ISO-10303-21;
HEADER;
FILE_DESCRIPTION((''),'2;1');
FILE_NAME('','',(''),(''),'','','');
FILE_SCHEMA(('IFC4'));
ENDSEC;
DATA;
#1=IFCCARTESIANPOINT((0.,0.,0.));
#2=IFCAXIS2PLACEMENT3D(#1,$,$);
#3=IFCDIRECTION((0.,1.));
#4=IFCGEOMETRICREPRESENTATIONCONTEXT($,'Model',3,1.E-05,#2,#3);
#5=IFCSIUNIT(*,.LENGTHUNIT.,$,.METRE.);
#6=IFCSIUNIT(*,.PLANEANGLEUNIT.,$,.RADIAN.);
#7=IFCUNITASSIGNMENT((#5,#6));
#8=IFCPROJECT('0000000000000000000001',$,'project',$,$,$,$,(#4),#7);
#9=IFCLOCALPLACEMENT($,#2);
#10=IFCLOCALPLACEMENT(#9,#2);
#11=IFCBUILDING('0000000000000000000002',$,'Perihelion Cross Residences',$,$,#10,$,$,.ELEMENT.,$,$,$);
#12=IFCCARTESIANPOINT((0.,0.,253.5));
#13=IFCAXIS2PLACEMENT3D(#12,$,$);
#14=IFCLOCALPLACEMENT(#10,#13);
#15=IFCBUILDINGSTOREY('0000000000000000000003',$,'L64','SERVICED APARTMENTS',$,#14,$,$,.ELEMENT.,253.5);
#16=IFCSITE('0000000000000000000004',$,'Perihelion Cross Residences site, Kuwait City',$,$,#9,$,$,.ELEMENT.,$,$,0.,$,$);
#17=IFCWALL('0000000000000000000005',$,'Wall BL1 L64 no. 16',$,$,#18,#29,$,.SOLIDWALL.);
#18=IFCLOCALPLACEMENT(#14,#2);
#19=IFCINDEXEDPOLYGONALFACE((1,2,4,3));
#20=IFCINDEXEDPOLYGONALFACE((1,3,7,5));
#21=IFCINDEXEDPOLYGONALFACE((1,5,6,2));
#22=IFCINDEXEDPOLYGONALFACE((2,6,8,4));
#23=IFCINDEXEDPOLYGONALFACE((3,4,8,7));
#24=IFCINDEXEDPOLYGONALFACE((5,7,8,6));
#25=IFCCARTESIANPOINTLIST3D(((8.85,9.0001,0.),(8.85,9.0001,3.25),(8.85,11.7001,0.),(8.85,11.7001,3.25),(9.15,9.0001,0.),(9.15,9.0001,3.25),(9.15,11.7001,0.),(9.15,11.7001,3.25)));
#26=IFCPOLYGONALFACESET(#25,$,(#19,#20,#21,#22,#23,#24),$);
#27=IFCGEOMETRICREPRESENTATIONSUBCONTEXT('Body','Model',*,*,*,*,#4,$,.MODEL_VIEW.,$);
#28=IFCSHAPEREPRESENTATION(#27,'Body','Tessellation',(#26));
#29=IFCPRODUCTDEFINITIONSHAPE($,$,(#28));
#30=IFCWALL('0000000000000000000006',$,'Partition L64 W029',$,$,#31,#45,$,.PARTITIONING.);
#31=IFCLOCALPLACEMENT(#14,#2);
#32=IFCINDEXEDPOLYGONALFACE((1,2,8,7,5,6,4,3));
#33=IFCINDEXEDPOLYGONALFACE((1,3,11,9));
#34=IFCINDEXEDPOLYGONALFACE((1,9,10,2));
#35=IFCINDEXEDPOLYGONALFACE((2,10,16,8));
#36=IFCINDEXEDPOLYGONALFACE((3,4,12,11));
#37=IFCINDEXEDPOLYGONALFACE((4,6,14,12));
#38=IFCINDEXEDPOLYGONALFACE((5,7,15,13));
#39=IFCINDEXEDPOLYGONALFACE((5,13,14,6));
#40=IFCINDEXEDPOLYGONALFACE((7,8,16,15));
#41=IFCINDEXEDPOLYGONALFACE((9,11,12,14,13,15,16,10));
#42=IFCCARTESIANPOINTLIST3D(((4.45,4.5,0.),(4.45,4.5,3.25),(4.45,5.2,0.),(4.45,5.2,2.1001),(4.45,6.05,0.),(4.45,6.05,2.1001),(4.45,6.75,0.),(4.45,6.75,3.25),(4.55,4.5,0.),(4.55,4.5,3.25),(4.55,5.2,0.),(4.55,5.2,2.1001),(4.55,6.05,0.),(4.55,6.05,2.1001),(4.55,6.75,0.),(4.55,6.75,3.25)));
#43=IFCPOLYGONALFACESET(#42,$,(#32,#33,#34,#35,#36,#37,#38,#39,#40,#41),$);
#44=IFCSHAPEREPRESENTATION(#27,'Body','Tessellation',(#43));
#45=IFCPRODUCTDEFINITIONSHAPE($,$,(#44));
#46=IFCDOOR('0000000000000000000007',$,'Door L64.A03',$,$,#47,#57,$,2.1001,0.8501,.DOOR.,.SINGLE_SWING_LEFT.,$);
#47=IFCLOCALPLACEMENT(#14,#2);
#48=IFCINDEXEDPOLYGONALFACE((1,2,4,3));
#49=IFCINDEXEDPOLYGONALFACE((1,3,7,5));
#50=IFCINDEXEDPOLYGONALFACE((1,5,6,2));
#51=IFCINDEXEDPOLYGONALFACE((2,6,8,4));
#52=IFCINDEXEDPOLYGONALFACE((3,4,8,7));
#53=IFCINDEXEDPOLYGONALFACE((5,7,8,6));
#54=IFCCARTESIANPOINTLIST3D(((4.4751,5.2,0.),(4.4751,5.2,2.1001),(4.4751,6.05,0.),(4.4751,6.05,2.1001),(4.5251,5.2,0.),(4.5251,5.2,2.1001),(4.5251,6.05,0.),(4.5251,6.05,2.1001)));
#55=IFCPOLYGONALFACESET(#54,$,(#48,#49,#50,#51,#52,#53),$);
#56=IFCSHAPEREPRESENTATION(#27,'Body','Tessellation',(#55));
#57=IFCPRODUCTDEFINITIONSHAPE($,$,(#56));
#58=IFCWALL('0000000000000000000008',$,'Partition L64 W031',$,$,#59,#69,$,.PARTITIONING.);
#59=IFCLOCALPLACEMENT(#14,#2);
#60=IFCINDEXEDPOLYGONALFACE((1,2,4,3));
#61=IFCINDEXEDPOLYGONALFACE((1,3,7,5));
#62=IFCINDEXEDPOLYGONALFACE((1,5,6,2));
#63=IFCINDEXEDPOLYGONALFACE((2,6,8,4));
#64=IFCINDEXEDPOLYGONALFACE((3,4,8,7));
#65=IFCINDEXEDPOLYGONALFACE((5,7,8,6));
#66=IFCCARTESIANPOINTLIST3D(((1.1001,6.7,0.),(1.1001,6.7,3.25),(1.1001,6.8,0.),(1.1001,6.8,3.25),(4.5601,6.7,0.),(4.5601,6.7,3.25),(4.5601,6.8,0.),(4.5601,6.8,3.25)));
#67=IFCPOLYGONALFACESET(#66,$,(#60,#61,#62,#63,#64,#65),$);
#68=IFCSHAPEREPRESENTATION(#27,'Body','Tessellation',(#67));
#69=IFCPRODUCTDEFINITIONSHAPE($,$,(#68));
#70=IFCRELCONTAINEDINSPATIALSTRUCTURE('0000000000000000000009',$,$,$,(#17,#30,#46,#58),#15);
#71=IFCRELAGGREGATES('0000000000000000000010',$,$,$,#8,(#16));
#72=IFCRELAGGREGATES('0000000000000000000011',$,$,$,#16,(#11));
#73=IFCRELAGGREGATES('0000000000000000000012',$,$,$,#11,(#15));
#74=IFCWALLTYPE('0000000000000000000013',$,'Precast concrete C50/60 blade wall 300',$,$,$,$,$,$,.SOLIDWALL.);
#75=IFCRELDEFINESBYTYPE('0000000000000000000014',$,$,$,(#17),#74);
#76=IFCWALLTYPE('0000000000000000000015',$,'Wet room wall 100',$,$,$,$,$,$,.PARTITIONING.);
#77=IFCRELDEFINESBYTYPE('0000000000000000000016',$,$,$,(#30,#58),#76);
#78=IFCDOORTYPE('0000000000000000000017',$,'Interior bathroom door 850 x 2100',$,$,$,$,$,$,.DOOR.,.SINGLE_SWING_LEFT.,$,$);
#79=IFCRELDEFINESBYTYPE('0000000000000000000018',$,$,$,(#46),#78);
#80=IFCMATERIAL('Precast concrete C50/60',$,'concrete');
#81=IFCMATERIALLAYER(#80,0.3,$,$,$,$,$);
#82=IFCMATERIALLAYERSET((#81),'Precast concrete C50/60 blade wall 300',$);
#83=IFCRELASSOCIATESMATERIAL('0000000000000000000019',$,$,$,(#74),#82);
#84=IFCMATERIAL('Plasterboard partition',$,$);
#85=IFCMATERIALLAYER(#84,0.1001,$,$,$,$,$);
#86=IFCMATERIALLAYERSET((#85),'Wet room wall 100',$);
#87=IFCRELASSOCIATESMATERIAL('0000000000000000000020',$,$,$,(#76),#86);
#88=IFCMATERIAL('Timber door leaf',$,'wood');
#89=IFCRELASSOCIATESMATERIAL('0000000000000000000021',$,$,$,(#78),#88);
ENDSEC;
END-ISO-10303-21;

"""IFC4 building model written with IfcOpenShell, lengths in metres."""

from ifc_helpers import new_model, si_unit, direction, frame, frame_2d, origin, place, context, subcontext, project, spatial, rectangle, extrude, material, layer, layer_set, type_object, element, fill, save


model = new_model("IFC4")

# Units and contexts
model_context = context("Model", 3, precision=1e-05, world=origin(), true_north=direction((0.0, 1.0)))
body_context = subcontext(model_context, "Body", "Model", "MODEL_VIEW")
ifc_project = project(units=[si_unit("LENGTHUNIT", "METRE"), si_unit("PLANEANGLEUNIT", "RADIAN")], contexts=[model_context])

# Site, building, storey
site_placement = place(None, origin())
site = spatial("IfcSite", under=ifc_project, at=site_placement, Name="Perihelion Cross Residences site, Kuwait City", CompositionType="ELEMENT", RefElevation=0.0)
building_placement = place(site_placement, origin())
building = spatial("IfcBuilding", under=site, at=building_placement, Name="Perihelion Cross Residences", CompositionType="ELEMENT")
storey_placement = place(building_placement, frame((0.0, 0.0, 253.5)))
storey = spatial("IfcBuildingStorey", under=building, at=storey_placement, Name="L64", Description="SERVICED APARTMENTS", CompositionType="ELEMENT", Elevation=253.5)

# Wall
ifc_material_1 = material(Name="Precast concrete C50/60", Category="concrete")
ifc_layer_1 = layer(ifc_material_1, 0.3)
ifc_layer_set_1 = layer_set([ifc_layer_1], Name="Precast concrete C50/60 blade wall 300")
wall_type_1 = type_object("IfcWallType", Name="Precast concrete C50/60 blade wall 300", PredefinedType="SOLIDWALL", material=ifc_layer_set_1)
for number, where, z_axis, x_axis, name in (
    (1, (9.0, 9.0, 0.0), (0.0, 0.0, 1.0), (0.0, 1.0, 0.0), "Wall BL1 L64 no. 16"),
):
    element("IfcWall", number, at=place(storey_placement, frame(where, z_axis=z_axis, x_axis=x_axis)), inside=storey, type_object=wall_type_1, Name=name, PredefinedType="SOLIDWALL", context=body_context, shape_type="SweptSolid", body=[
        extrude(rectangle(XDim=2.7, YDim=0.3, at=frame_2d((1.3501, 0.0))), origin(), (0.0, 0.0, 1.0), 3.25),
    ])

# Wall, opening, door
ifc_material_2 = material(Name="Plasterboard partition")
ifc_layer_2 = layer(ifc_material_2, 0.1001)
ifc_layer_set_2 = layer_set([ifc_layer_2], Name="Wet room wall 100")
wall_type_2 = type_object("IfcWallType", Name="Wet room wall 100", PredefinedType="PARTITIONING", material=ifc_layer_set_2)
wall_1_placement = place(storey_placement, frame((4.5, 4.5, 0.0), z_axis=(0.0, 0.0, 1.0), x_axis=(0.0, 1.0, 0.0)))
wall_1 = element("IfcWall", 2, at=wall_1_placement, inside=storey, type_object=wall_type_2, Name="Partition L64 W029", PredefinedType="PARTITIONING", context=body_context, shape_type="SweptSolid", body=[
    extrude(rectangle(XDim=2.25, YDim=0.1001, at=frame_2d((1.125, 0.0))), origin(), (0.0, 0.0, 1.0), 3.25),
])
opening_1_placement = place(wall_1_placement, frame((0.7, 0.0, 0.0)))
opening_1 = element("IfcOpeningElement", 3, at=opening_1_placement, cuts=wall_1, PredefinedType="OPENING", context=body_context, shape_type="SweptSolid", body=[
    extrude(rectangle(XDim=0.8501, YDim=2.1001, at=frame_2d((0.425, 1.05))), frame((0.0, 0.0601, 0.0), z_axis=(0.0, -1.0, 0.0), x_axis=(1.0, 0.0, 0.0)), (0.0, 0.0, 1.0), 0.1201),
])
ifc_material_3 = material(Name="Timber door leaf", Category="wood")
door_type_1 = type_object("IfcDoorType", Name="Interior bathroom door 850 x 2100", OperationType="SINGLE_SWING_LEFT", PredefinedType="DOOR", material=ifc_material_3)
door_1_placement = place(opening_1_placement, origin())
door_1 = element("IfcDoor", 4, at=door_1_placement, inside=storey, type_object=door_type_1, Name="Door L64.A03", OperationType="SINGLE_SWING_LEFT", OverallHeight=2.1001, OverallWidth=0.8501, PredefinedType="DOOR", context=body_context, shape_type="SweptSolid", body=[
    extrude(rectangle(XDim=0.8501, YDim=2.1001, at=frame_2d((0.425, 1.05))), frame((0.0, 0.0249, 0.0), z_axis=(0.0, -1.0, 0.0), x_axis=(1.0, 0.0, 0.0)), (0.0, 0.0, 1.0), 0.05),
])
fill(opening_1, door_1)

# Wall
wall_2_placement = place(storey_placement, frame((1.1001, 6.75, 0.0), z_axis=(0.0, 0.0, 1.0), x_axis=(1.0, 0.0, 0.0)))
element("IfcWall", 5, at=wall_2_placement, inside=storey, type_object=wall_type_2, Name="Partition L64 W031", PredefinedType="PARTITIONING", context=body_context, shape_type="SweptSolid", body=[
    extrude(rectangle(XDim=3.46, YDim=0.1001, at=frame_2d((1.73, 0.0))), origin(), (0.0, 0.0, 1.0), 3.25),
])

save(model, "model.ifc")
